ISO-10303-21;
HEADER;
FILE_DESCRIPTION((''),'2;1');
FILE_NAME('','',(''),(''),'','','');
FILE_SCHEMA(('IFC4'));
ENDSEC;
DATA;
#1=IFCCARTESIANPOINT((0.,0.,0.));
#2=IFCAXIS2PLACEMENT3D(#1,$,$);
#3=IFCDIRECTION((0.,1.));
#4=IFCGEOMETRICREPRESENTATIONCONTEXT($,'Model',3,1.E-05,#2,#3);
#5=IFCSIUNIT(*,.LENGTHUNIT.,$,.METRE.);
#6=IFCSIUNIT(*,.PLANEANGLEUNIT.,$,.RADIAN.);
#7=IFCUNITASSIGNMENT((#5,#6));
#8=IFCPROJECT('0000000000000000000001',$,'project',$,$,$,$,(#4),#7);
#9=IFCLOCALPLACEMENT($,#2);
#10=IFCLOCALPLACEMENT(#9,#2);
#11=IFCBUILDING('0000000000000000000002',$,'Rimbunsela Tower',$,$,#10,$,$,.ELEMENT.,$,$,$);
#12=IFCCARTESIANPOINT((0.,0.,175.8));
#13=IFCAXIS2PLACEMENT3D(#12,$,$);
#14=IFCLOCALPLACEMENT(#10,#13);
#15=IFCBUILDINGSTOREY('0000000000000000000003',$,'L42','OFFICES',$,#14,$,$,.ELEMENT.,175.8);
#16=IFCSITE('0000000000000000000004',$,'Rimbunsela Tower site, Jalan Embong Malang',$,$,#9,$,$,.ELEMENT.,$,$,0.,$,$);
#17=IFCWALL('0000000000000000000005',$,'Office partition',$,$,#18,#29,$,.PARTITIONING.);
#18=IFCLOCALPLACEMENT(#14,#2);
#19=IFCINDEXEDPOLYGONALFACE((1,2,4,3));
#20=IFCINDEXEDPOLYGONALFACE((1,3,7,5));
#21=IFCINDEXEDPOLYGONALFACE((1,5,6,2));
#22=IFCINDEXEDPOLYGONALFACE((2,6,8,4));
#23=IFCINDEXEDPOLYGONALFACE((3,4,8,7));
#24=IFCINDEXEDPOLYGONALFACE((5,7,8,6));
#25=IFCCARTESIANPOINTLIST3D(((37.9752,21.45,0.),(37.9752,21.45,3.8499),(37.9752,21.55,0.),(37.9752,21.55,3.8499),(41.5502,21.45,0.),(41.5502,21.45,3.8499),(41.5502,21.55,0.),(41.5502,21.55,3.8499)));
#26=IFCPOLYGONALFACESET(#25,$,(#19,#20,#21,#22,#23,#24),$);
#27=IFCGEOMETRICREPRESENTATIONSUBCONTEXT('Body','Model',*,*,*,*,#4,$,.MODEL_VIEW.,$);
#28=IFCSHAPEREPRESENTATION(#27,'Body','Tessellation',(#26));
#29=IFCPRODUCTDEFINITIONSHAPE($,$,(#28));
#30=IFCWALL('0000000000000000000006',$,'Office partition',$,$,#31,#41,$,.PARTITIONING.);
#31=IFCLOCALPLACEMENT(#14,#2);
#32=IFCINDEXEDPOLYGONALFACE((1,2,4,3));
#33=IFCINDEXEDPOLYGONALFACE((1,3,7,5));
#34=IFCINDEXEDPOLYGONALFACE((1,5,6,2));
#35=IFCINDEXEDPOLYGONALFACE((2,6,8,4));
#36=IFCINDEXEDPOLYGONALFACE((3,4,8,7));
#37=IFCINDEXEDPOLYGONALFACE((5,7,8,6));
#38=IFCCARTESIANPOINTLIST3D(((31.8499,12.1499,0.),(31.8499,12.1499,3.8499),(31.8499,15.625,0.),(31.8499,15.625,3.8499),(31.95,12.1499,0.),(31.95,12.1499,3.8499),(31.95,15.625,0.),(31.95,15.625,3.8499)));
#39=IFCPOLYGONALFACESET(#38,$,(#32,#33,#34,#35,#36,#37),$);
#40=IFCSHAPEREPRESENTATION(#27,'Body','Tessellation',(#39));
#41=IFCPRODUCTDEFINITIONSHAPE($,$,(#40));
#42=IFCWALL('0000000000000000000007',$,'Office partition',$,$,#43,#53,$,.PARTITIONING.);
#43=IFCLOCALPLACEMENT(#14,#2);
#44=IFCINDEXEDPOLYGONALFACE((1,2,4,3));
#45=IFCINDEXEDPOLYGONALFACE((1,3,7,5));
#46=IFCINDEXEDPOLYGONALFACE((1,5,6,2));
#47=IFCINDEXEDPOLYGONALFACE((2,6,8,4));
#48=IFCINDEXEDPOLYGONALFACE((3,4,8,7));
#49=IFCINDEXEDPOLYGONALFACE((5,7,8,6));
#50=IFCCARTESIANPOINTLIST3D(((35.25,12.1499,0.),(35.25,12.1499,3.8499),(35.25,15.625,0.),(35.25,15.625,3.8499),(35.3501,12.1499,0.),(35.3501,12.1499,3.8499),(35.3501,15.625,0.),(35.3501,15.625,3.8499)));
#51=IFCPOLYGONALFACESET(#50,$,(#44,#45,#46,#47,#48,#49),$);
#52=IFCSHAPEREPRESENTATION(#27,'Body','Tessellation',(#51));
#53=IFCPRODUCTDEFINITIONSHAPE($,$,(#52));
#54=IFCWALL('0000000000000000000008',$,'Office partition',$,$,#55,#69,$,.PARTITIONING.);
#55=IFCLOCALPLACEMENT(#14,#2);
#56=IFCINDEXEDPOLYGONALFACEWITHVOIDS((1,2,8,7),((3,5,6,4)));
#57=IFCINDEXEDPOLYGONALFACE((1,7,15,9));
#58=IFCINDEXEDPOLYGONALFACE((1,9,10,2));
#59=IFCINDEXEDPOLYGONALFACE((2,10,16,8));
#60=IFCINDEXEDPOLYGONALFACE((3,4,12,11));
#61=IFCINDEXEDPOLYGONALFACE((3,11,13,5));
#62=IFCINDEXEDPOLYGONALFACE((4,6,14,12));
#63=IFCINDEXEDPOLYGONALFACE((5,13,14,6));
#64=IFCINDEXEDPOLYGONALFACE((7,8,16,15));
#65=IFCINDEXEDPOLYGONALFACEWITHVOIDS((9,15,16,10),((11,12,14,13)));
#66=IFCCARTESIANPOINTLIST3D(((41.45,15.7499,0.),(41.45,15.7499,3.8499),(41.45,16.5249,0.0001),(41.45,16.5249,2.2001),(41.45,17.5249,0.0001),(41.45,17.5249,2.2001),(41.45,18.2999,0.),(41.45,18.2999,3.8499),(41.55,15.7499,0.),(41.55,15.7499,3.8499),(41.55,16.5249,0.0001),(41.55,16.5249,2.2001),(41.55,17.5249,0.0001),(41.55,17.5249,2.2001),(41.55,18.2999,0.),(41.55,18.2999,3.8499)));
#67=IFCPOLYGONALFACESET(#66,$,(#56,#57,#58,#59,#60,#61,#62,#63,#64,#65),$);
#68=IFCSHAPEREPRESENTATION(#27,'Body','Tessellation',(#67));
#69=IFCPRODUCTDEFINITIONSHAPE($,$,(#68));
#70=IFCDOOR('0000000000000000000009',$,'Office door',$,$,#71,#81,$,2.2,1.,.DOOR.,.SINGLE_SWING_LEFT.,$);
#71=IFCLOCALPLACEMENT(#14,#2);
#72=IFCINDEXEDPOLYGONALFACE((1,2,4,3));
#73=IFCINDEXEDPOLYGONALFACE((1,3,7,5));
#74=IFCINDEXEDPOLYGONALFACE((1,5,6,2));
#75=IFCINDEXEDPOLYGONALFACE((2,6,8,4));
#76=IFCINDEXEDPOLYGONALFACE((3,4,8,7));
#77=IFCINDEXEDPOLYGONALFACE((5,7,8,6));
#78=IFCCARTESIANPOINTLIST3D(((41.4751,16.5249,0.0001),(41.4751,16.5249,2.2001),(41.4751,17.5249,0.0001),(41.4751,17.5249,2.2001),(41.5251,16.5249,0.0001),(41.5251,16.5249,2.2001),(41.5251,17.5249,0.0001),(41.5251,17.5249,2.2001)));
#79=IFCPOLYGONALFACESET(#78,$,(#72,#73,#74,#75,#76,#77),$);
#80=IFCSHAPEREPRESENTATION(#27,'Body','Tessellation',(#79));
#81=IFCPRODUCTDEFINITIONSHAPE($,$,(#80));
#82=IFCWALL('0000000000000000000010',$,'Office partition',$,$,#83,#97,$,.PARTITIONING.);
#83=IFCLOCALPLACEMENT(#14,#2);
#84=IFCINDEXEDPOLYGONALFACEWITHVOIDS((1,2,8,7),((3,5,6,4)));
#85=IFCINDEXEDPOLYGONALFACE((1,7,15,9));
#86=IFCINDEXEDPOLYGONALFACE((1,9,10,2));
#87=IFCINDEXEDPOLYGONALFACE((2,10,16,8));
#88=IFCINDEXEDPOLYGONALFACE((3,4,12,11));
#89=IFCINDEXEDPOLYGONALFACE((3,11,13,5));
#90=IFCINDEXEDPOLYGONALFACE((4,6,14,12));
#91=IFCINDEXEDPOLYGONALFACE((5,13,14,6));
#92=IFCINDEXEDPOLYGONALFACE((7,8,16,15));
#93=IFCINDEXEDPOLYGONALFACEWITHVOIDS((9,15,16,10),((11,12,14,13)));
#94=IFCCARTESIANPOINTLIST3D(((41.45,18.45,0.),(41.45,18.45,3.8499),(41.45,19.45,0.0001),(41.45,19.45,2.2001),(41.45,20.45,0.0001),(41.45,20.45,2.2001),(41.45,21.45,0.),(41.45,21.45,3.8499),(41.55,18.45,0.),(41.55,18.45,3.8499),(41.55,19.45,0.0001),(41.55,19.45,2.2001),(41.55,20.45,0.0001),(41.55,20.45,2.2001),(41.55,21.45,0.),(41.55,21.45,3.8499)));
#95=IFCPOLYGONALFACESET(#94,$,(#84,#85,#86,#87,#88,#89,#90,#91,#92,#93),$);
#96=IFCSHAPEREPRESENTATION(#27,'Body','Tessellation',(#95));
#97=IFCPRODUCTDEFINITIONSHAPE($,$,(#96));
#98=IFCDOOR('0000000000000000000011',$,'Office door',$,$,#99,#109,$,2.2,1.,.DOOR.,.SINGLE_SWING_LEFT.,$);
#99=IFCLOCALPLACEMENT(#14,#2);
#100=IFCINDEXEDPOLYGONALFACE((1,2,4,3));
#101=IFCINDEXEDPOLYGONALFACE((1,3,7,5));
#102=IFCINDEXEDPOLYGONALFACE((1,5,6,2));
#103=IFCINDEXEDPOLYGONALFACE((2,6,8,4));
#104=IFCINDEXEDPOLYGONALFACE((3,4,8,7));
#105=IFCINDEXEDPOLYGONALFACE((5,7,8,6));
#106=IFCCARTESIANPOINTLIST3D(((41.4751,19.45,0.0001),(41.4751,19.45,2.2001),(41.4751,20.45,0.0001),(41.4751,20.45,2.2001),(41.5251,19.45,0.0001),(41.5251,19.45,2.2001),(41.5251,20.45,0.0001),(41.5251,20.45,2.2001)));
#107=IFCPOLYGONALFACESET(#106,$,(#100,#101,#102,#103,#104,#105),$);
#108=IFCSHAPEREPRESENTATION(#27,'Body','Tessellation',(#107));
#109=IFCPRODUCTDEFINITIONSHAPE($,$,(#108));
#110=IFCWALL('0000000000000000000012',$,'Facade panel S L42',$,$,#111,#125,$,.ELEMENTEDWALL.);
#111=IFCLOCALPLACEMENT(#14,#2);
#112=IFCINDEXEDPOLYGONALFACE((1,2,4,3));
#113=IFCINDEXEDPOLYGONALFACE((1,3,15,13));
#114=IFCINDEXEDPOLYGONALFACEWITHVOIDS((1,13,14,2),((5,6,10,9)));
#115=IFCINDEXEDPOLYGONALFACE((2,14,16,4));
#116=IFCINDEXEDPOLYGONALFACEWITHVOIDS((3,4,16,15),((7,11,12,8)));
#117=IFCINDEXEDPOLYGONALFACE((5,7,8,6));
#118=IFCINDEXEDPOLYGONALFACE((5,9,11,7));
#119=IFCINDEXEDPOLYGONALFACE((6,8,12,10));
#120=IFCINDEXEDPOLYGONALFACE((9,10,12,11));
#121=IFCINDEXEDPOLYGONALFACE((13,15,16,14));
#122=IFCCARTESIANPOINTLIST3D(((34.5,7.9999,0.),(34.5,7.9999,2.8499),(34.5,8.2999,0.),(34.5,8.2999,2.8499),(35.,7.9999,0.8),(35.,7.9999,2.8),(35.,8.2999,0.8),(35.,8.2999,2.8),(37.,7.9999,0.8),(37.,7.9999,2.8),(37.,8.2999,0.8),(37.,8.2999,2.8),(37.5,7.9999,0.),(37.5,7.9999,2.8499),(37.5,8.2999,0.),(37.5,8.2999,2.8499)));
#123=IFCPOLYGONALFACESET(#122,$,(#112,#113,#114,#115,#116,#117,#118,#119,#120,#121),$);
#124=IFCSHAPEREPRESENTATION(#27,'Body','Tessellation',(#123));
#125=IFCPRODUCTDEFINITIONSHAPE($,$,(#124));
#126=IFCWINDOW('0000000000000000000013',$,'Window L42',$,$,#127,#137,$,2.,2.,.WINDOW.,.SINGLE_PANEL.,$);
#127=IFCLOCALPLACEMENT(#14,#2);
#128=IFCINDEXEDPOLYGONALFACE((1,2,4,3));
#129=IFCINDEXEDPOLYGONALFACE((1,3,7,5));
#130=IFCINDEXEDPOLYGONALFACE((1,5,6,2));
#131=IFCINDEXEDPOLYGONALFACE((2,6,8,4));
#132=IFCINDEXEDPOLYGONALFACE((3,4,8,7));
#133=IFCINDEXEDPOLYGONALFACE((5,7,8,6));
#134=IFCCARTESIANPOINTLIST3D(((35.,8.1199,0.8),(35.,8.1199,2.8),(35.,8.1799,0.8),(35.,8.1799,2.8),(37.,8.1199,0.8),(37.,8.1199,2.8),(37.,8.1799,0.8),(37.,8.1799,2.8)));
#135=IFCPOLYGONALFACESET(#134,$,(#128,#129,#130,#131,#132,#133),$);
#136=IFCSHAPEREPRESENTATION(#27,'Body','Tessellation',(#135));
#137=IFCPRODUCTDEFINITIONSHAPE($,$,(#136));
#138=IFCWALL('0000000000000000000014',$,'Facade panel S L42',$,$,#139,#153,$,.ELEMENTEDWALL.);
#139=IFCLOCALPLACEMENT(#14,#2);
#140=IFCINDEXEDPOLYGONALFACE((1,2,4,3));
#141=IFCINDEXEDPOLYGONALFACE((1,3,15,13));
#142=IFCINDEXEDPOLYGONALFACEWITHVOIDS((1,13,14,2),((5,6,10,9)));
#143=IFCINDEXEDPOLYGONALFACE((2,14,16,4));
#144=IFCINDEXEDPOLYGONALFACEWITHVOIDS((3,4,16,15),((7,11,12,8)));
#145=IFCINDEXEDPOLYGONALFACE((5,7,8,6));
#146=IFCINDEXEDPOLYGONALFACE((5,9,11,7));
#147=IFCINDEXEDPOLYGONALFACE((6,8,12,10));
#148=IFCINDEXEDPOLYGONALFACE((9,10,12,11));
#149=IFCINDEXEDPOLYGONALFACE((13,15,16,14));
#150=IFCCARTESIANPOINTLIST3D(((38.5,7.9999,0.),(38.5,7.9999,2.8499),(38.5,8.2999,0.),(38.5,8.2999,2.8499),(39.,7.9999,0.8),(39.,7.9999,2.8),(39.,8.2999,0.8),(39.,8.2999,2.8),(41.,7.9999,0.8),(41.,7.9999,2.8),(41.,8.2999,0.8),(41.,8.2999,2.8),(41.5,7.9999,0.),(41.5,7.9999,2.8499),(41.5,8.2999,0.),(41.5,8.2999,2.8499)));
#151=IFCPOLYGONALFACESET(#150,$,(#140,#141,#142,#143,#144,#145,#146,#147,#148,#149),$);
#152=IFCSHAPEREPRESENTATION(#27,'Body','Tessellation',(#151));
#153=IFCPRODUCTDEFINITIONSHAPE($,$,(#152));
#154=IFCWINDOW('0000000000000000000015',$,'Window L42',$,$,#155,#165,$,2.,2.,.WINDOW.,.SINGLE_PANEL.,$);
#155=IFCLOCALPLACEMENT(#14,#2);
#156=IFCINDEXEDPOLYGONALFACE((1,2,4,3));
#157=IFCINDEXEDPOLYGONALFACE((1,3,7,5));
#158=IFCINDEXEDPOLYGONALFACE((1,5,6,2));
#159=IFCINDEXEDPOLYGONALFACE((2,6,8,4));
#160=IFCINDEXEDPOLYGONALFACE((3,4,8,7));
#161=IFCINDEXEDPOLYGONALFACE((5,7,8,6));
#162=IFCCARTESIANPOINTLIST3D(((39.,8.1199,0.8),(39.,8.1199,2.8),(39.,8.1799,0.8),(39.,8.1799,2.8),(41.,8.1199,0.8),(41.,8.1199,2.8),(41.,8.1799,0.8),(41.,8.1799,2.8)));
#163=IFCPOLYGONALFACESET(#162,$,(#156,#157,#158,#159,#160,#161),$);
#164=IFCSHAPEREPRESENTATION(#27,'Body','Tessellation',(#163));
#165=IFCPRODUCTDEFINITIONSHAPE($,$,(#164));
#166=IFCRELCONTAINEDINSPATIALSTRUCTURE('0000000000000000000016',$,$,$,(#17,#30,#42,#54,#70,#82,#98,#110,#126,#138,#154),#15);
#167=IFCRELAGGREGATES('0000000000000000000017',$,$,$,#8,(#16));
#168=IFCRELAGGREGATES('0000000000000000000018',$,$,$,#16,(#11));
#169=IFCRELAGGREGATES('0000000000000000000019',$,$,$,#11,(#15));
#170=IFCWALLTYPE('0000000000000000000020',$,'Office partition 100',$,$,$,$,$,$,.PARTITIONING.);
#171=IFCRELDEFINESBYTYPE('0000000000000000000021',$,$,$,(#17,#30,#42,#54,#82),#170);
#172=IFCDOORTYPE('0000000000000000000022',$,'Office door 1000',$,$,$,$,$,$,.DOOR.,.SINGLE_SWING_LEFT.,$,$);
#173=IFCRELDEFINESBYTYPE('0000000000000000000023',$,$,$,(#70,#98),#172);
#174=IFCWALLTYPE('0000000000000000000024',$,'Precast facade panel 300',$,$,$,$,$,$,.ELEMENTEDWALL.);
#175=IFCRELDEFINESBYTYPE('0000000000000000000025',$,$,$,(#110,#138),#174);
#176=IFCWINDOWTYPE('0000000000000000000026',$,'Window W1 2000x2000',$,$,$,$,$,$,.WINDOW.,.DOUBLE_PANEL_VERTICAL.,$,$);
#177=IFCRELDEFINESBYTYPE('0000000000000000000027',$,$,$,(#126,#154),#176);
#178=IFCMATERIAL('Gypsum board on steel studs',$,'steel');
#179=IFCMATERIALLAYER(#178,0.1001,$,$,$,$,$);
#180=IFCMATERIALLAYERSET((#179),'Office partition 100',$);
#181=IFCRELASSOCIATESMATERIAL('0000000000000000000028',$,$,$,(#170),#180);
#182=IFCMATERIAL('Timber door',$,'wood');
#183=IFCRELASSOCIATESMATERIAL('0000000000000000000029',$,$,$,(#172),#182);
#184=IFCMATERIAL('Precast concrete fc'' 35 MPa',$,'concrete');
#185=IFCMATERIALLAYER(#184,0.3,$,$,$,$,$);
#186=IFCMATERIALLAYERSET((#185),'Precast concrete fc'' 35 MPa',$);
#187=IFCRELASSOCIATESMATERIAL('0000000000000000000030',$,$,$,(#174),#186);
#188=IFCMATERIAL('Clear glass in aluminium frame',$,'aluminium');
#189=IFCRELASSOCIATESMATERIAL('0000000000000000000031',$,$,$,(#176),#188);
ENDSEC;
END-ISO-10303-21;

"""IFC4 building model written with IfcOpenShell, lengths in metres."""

from ifc_helpers import new_model, si_unit, direction, frame, frame_2d, origin, place, context, subcontext, project, spatial, rectangle, extrude, material, layer, layer_set, type_object, element, fill, save


model = new_model("IFC4")

# Units and contexts
model_context = context("Model", 3, precision=1e-05, world=origin(), true_north=direction((0.0, 1.0)))
body_context = subcontext(model_context, "Body", "Model", "MODEL_VIEW")
ifc_project = project(units=[si_unit("LENGTHUNIT", "METRE"), si_unit("PLANEANGLEUNIT", "RADIAN")], contexts=[model_context])

# Site, building, storey
site_placement = place(None, origin())
site = spatial("IfcSite", under=ifc_project, at=site_placement, Name="Rimbunsela Tower site, Jalan Embong Malang", CompositionType="ELEMENT", RefElevation=0.0)
building_placement = place(site_placement, origin())
building = spatial("IfcBuilding", under=site, at=building_placement, Name="Rimbunsela Tower", CompositionType="ELEMENT")
storey_placement = place(building_placement, frame((0.0, 0.0, 175.8)))
storey = spatial("IfcBuildingStorey", under=building, at=storey_placement, Name="L42", Description="OFFICES", CompositionType="ELEMENT", Elevation=175.8)

# Walls
ifc_material_1 = material(Name="Gypsum board on steel studs", Category="steel")
ifc_layer_1 = layer(ifc_material_1, 0.1001)
ifc_layer_set_1 = layer_set([ifc_layer_1], Name="Office partition 100")
wall_type_1 = type_object("IfcWallType", Name="Office partition 100", PredefinedType="PARTITIONING", material=ifc_layer_set_1)
for number, where, z_axis, x_axis, name in (
    (1, (37.9751, 21.5, 0.0), (0.0, 0.0, 1.0), (1.0, 0.0, 0.0), "Office partition"),
):
    element("IfcWall", number, at=place(storey_placement, frame(where, z_axis=z_axis, x_axis=x_axis)), inside=storey, type_object=wall_type_1, Name=name, PredefinedType="PARTITIONING", context=body_context, shape_type="SweptSolid", body=[
        extrude(rectangle(XDim=3.575, YDim=0.1001, at=frame_2d((1.7876, 0.0))), origin(), (0.0, 0.0, 1.0), 3.8499),
    ])
for number, where, z_axis, x_axis, name in (
    (2, (31.8999, 12.1499, 0.0), (0.0, 0.0, 1.0), (0.0, 1.0, 0.0), "Office partition"),
    (3, (35.3, 12.1499, 0.0), (0.0, 0.0, 1.0), (0.0, 1.0, 0.0), "Office partition"),
):
    element("IfcWall", number, at=place(storey_placement, frame(where, z_axis=z_axis, x_axis=x_axis)), inside=storey, type_object=wall_type_1, Name=name, PredefinedType="PARTITIONING", context=body_context, shape_type="SweptSolid", body=[
        extrude(rectangle(XDim=3.4751, YDim=0.1001, at=frame_2d((1.7375, 0.0))), origin(), (0.0, 0.0, 1.0), 3.8499),
    ])

# Walls, openings, doors
wall_1_placement = place(storey_placement, frame((41.5, 15.75, 0.0), z_axis=(0.0, 0.0, 1.0), x_axis=(0.0, 1.0, 0.0)))
wall_1 = element("IfcWall", 4, at=wall_1_placement, inside=storey, type_object=wall_type_1, Name="Office partition", PredefinedType="PARTITIONING", context=body_context, shape_type="SweptSolid", body=[
    extrude(rectangle(XDim=2.55, YDim=0.1001, at=frame_2d((1.2749, 0.0))), origin(), (0.0, 0.0, 1.0), 3.8499),
])
opening_1_placement = place(wall_1_placement, frame((0.7749, 0.0, 0.0)))
opening_1 = element("IfcOpeningElement", 5, at=opening_1_placement, cuts=wall_1, PredefinedType="OPENING", context=body_context, shape_type="SweptSolid", body=[
    extrude(rectangle(XDim=1.0, YDim=2.2, at=frame_2d((0.5, 1.1001))), frame((0.0, 0.0601, 0.0), z_axis=(0.0, -1.0, 0.0), x_axis=(1.0, 0.0, 0.0)), (0.0, 0.0, 1.0), 0.1201),
])
ifc_material_2 = material(Name="Timber door", Category="wood")
door_type_1 = type_object("IfcDoorType", Name="Office door 1000", OperationType="SINGLE_SWING_LEFT", PredefinedType="DOOR", material=ifc_material_2)
door_1_placement = place(opening_1_placement, origin())
door_1 = element("IfcDoor", 6, at=door_1_placement, inside=storey, type_object=door_type_1, Name="Office door", OperationType="SINGLE_SWING_LEFT", OverallHeight=2.2, OverallWidth=1.0, PredefinedType="DOOR", context=body_context, shape_type="SweptSolid", body=[
    extrude(rectangle(XDim=1.0, YDim=2.2, at=frame_2d((0.5, 1.1001))), frame((0.0, 0.0249, 0.0), z_axis=(0.0, -1.0, 0.0), x_axis=(1.0, 0.0, 0.0)), (0.0, 0.0, 1.0), 0.05),
])
fill(opening_1, door_1)
wall_2_placement = place(storey_placement, frame((41.5, 18.45, 0.0), z_axis=(0.0, 0.0, 1.0), x_axis=(0.0, 1.0, 0.0)))
wall_2 = element("IfcWall", 7, at=wall_2_placement, inside=storey, type_object=wall_type_1, Name="Office partition", PredefinedType="PARTITIONING", context=body_context, shape_type="SweptSolid", body=[
    extrude(rectangle(XDim=3.0, YDim=0.1001, at=frame_2d((1.5, 0.0))), origin(), (0.0, 0.0, 1.0), 3.8499),
])
opening_2_placement = place(wall_2_placement, frame((1.0, 0.0, 0.0)))
opening_2 = element("IfcOpeningElement", 8, at=opening_2_placement, cuts=wall_2, PredefinedType="OPENING", context=body_context, shape_type="SweptSolid", body=[
    extrude(rectangle(XDim=1.0, YDim=2.2, at=frame_2d((0.5, 1.1001))), frame((0.0, 0.0601, 0.0), z_axis=(0.0, -1.0, 0.0), x_axis=(1.0, 0.0, 0.0)), (0.0, 0.0, 1.0), 0.1201),
])
door_2_placement = place(opening_2_placement, origin())
door_2 = element("IfcDoor", 9, at=door_2_placement, inside=storey, type_object=door_type_1, Name="Office door", OperationType="SINGLE_SWING_LEFT", OverallHeight=2.2, OverallWidth=1.0, PredefinedType="DOOR", context=body_context, shape_type="SweptSolid", body=[
    extrude(rectangle(XDim=1.0, YDim=2.2, at=frame_2d((0.5, 1.1001))), frame((0.0, 0.0249, 0.0), z_axis=(0.0, -1.0, 0.0), x_axis=(1.0, 0.0, 0.0)), (0.0, 0.0, 1.0), 0.05),
])
fill(opening_2, door_2)

# Walls, openings, windows
ifc_material_3 = material(Name="Precast concrete fc' 35 MPa", Category="concrete")
ifc_layer_2 = layer(ifc_material_3, 0.3)
ifc_layer_set_2 = layer_set([ifc_layer_2], Name="Precast concrete fc' 35 MPa")
wall_type_2 = type_object("IfcWallType", Name="Precast facade panel 300", PredefinedType="ELEMENTEDWALL", material=ifc_layer_set_2)
wall_3_placement = place(storey_placement, frame((34.5, 8.1499, 0.0), z_axis=(0.0, 0.0, 1.0), x_axis=(1.0, 0.0, 0.0)))
wall_3 = element("IfcWall", 10, at=wall_3_placement, inside=storey, type_object=wall_type_2, Name="Facade panel S L42", PredefinedType="ELEMENTEDWALL", context=body_context, shape_type="SweptSolid", body=[
    extrude(rectangle(XDim=3.0, YDim=0.3, at=frame_2d((1.5, 0.0))), origin(), (0.0, 0.0, 1.0), 2.8499),
])
opening_3_placement = place(wall_3_placement, frame((0.5, 0.0, 0.8)))
opening_3 = element("IfcOpeningElement", 11, at=opening_3_placement, cuts=wall_3, PredefinedType="OPENING", context=body_context, shape_type="SweptSolid", body=[
    extrude(rectangle(XDim=2.0, YDim=2.0, at=frame_2d((1.0, 1.0))), frame((0.0, 0.1599, 0.0), z_axis=(0.0, -1.0, 0.0), x_axis=(1.0, 0.0, 0.0)), (0.0, 0.0, 1.0), 0.3201),
])
ifc_material_4 = material(Name="Clear glass in aluminium frame", Category="aluminium")
window_type = type_object("IfcWindowType", Name="Window W1 2000x2000", PartitioningType="DOUBLE_PANEL_VERTICAL", PredefinedType="WINDOW", material=ifc_material_4)
window_1_placement = place(opening_3_placement, origin())
window_1 = element("IfcWindow", 12, at=window_1_placement, inside=storey, type_object=window_type, Name="Window L42", OverallHeight=2.0, OverallWidth=2.0, PartitioningType="SINGLE_PANEL", PredefinedType="WINDOW", context=body_context, shape_type="SweptSolid", body=[
    extrude(rectangle(XDim=2.0, YDim=2.0, at=frame_2d((1.0, 1.0))), frame((0.0, 0.03, 0.0), z_axis=(0.0, -1.0, 0.0), x_axis=(1.0, 0.0, 0.0)), (0.0, 0.0, 1.0), 0.0601),
])
fill(opening_3, window_1)
wall_4_placement = place(storey_placement, frame((38.5, 8.1499, 0.0), z_axis=(0.0, 0.0, 1.0), x_axis=(1.0, 0.0, 0.0)))
wall_4 = element("IfcWall", 13, at=wall_4_placement, inside=storey, type_object=wall_type_2, Name="Facade panel S L42", PredefinedType="ELEMENTEDWALL", context=body_context, shape_type="SweptSolid", body=[
    extrude(rectangle(XDim=3.0, YDim=0.3, at=frame_2d((1.5, 0.0))), origin(), (0.0, 0.0, 1.0), 2.8499),
])
opening_4_placement = place(wall_4_placement, frame((0.5, 0.0, 0.8)))
opening_4 = element("IfcOpeningElement", 14, at=opening_4_placement, cuts=wall_4, PredefinedType="OPENING", context=body_context, shape_type="SweptSolid", body=[
    extrude(rectangle(XDim=2.0, YDim=2.0, at=frame_2d((1.0, 1.0))), frame((0.0, 0.1599, 0.0), z_axis=(0.0, -1.0, 0.0), x_axis=(1.0, 0.0, 0.0)), (0.0, 0.0, 1.0), 0.3201),
])
window_2_placement = place(opening_4_placement, origin())
window_2 = element("IfcWindow", 15, at=window_2_placement, inside=storey, type_object=window_type, Name="Window L42", OverallHeight=2.0, OverallWidth=2.0, PartitioningType="SINGLE_PANEL", PredefinedType="WINDOW", context=body_context, shape_type="SweptSolid", body=[
    extrude(rectangle(XDim=2.0, YDim=2.0, at=frame_2d((1.0, 1.0))), frame((0.0, 0.03, 0.0), z_axis=(0.0, -1.0, 0.0), x_axis=(1.0, 0.0, 0.0)), (0.0, 0.0, 1.0), 0.0601),
])
fill(opening_4, window_2)

save(model, "model.ifc")
